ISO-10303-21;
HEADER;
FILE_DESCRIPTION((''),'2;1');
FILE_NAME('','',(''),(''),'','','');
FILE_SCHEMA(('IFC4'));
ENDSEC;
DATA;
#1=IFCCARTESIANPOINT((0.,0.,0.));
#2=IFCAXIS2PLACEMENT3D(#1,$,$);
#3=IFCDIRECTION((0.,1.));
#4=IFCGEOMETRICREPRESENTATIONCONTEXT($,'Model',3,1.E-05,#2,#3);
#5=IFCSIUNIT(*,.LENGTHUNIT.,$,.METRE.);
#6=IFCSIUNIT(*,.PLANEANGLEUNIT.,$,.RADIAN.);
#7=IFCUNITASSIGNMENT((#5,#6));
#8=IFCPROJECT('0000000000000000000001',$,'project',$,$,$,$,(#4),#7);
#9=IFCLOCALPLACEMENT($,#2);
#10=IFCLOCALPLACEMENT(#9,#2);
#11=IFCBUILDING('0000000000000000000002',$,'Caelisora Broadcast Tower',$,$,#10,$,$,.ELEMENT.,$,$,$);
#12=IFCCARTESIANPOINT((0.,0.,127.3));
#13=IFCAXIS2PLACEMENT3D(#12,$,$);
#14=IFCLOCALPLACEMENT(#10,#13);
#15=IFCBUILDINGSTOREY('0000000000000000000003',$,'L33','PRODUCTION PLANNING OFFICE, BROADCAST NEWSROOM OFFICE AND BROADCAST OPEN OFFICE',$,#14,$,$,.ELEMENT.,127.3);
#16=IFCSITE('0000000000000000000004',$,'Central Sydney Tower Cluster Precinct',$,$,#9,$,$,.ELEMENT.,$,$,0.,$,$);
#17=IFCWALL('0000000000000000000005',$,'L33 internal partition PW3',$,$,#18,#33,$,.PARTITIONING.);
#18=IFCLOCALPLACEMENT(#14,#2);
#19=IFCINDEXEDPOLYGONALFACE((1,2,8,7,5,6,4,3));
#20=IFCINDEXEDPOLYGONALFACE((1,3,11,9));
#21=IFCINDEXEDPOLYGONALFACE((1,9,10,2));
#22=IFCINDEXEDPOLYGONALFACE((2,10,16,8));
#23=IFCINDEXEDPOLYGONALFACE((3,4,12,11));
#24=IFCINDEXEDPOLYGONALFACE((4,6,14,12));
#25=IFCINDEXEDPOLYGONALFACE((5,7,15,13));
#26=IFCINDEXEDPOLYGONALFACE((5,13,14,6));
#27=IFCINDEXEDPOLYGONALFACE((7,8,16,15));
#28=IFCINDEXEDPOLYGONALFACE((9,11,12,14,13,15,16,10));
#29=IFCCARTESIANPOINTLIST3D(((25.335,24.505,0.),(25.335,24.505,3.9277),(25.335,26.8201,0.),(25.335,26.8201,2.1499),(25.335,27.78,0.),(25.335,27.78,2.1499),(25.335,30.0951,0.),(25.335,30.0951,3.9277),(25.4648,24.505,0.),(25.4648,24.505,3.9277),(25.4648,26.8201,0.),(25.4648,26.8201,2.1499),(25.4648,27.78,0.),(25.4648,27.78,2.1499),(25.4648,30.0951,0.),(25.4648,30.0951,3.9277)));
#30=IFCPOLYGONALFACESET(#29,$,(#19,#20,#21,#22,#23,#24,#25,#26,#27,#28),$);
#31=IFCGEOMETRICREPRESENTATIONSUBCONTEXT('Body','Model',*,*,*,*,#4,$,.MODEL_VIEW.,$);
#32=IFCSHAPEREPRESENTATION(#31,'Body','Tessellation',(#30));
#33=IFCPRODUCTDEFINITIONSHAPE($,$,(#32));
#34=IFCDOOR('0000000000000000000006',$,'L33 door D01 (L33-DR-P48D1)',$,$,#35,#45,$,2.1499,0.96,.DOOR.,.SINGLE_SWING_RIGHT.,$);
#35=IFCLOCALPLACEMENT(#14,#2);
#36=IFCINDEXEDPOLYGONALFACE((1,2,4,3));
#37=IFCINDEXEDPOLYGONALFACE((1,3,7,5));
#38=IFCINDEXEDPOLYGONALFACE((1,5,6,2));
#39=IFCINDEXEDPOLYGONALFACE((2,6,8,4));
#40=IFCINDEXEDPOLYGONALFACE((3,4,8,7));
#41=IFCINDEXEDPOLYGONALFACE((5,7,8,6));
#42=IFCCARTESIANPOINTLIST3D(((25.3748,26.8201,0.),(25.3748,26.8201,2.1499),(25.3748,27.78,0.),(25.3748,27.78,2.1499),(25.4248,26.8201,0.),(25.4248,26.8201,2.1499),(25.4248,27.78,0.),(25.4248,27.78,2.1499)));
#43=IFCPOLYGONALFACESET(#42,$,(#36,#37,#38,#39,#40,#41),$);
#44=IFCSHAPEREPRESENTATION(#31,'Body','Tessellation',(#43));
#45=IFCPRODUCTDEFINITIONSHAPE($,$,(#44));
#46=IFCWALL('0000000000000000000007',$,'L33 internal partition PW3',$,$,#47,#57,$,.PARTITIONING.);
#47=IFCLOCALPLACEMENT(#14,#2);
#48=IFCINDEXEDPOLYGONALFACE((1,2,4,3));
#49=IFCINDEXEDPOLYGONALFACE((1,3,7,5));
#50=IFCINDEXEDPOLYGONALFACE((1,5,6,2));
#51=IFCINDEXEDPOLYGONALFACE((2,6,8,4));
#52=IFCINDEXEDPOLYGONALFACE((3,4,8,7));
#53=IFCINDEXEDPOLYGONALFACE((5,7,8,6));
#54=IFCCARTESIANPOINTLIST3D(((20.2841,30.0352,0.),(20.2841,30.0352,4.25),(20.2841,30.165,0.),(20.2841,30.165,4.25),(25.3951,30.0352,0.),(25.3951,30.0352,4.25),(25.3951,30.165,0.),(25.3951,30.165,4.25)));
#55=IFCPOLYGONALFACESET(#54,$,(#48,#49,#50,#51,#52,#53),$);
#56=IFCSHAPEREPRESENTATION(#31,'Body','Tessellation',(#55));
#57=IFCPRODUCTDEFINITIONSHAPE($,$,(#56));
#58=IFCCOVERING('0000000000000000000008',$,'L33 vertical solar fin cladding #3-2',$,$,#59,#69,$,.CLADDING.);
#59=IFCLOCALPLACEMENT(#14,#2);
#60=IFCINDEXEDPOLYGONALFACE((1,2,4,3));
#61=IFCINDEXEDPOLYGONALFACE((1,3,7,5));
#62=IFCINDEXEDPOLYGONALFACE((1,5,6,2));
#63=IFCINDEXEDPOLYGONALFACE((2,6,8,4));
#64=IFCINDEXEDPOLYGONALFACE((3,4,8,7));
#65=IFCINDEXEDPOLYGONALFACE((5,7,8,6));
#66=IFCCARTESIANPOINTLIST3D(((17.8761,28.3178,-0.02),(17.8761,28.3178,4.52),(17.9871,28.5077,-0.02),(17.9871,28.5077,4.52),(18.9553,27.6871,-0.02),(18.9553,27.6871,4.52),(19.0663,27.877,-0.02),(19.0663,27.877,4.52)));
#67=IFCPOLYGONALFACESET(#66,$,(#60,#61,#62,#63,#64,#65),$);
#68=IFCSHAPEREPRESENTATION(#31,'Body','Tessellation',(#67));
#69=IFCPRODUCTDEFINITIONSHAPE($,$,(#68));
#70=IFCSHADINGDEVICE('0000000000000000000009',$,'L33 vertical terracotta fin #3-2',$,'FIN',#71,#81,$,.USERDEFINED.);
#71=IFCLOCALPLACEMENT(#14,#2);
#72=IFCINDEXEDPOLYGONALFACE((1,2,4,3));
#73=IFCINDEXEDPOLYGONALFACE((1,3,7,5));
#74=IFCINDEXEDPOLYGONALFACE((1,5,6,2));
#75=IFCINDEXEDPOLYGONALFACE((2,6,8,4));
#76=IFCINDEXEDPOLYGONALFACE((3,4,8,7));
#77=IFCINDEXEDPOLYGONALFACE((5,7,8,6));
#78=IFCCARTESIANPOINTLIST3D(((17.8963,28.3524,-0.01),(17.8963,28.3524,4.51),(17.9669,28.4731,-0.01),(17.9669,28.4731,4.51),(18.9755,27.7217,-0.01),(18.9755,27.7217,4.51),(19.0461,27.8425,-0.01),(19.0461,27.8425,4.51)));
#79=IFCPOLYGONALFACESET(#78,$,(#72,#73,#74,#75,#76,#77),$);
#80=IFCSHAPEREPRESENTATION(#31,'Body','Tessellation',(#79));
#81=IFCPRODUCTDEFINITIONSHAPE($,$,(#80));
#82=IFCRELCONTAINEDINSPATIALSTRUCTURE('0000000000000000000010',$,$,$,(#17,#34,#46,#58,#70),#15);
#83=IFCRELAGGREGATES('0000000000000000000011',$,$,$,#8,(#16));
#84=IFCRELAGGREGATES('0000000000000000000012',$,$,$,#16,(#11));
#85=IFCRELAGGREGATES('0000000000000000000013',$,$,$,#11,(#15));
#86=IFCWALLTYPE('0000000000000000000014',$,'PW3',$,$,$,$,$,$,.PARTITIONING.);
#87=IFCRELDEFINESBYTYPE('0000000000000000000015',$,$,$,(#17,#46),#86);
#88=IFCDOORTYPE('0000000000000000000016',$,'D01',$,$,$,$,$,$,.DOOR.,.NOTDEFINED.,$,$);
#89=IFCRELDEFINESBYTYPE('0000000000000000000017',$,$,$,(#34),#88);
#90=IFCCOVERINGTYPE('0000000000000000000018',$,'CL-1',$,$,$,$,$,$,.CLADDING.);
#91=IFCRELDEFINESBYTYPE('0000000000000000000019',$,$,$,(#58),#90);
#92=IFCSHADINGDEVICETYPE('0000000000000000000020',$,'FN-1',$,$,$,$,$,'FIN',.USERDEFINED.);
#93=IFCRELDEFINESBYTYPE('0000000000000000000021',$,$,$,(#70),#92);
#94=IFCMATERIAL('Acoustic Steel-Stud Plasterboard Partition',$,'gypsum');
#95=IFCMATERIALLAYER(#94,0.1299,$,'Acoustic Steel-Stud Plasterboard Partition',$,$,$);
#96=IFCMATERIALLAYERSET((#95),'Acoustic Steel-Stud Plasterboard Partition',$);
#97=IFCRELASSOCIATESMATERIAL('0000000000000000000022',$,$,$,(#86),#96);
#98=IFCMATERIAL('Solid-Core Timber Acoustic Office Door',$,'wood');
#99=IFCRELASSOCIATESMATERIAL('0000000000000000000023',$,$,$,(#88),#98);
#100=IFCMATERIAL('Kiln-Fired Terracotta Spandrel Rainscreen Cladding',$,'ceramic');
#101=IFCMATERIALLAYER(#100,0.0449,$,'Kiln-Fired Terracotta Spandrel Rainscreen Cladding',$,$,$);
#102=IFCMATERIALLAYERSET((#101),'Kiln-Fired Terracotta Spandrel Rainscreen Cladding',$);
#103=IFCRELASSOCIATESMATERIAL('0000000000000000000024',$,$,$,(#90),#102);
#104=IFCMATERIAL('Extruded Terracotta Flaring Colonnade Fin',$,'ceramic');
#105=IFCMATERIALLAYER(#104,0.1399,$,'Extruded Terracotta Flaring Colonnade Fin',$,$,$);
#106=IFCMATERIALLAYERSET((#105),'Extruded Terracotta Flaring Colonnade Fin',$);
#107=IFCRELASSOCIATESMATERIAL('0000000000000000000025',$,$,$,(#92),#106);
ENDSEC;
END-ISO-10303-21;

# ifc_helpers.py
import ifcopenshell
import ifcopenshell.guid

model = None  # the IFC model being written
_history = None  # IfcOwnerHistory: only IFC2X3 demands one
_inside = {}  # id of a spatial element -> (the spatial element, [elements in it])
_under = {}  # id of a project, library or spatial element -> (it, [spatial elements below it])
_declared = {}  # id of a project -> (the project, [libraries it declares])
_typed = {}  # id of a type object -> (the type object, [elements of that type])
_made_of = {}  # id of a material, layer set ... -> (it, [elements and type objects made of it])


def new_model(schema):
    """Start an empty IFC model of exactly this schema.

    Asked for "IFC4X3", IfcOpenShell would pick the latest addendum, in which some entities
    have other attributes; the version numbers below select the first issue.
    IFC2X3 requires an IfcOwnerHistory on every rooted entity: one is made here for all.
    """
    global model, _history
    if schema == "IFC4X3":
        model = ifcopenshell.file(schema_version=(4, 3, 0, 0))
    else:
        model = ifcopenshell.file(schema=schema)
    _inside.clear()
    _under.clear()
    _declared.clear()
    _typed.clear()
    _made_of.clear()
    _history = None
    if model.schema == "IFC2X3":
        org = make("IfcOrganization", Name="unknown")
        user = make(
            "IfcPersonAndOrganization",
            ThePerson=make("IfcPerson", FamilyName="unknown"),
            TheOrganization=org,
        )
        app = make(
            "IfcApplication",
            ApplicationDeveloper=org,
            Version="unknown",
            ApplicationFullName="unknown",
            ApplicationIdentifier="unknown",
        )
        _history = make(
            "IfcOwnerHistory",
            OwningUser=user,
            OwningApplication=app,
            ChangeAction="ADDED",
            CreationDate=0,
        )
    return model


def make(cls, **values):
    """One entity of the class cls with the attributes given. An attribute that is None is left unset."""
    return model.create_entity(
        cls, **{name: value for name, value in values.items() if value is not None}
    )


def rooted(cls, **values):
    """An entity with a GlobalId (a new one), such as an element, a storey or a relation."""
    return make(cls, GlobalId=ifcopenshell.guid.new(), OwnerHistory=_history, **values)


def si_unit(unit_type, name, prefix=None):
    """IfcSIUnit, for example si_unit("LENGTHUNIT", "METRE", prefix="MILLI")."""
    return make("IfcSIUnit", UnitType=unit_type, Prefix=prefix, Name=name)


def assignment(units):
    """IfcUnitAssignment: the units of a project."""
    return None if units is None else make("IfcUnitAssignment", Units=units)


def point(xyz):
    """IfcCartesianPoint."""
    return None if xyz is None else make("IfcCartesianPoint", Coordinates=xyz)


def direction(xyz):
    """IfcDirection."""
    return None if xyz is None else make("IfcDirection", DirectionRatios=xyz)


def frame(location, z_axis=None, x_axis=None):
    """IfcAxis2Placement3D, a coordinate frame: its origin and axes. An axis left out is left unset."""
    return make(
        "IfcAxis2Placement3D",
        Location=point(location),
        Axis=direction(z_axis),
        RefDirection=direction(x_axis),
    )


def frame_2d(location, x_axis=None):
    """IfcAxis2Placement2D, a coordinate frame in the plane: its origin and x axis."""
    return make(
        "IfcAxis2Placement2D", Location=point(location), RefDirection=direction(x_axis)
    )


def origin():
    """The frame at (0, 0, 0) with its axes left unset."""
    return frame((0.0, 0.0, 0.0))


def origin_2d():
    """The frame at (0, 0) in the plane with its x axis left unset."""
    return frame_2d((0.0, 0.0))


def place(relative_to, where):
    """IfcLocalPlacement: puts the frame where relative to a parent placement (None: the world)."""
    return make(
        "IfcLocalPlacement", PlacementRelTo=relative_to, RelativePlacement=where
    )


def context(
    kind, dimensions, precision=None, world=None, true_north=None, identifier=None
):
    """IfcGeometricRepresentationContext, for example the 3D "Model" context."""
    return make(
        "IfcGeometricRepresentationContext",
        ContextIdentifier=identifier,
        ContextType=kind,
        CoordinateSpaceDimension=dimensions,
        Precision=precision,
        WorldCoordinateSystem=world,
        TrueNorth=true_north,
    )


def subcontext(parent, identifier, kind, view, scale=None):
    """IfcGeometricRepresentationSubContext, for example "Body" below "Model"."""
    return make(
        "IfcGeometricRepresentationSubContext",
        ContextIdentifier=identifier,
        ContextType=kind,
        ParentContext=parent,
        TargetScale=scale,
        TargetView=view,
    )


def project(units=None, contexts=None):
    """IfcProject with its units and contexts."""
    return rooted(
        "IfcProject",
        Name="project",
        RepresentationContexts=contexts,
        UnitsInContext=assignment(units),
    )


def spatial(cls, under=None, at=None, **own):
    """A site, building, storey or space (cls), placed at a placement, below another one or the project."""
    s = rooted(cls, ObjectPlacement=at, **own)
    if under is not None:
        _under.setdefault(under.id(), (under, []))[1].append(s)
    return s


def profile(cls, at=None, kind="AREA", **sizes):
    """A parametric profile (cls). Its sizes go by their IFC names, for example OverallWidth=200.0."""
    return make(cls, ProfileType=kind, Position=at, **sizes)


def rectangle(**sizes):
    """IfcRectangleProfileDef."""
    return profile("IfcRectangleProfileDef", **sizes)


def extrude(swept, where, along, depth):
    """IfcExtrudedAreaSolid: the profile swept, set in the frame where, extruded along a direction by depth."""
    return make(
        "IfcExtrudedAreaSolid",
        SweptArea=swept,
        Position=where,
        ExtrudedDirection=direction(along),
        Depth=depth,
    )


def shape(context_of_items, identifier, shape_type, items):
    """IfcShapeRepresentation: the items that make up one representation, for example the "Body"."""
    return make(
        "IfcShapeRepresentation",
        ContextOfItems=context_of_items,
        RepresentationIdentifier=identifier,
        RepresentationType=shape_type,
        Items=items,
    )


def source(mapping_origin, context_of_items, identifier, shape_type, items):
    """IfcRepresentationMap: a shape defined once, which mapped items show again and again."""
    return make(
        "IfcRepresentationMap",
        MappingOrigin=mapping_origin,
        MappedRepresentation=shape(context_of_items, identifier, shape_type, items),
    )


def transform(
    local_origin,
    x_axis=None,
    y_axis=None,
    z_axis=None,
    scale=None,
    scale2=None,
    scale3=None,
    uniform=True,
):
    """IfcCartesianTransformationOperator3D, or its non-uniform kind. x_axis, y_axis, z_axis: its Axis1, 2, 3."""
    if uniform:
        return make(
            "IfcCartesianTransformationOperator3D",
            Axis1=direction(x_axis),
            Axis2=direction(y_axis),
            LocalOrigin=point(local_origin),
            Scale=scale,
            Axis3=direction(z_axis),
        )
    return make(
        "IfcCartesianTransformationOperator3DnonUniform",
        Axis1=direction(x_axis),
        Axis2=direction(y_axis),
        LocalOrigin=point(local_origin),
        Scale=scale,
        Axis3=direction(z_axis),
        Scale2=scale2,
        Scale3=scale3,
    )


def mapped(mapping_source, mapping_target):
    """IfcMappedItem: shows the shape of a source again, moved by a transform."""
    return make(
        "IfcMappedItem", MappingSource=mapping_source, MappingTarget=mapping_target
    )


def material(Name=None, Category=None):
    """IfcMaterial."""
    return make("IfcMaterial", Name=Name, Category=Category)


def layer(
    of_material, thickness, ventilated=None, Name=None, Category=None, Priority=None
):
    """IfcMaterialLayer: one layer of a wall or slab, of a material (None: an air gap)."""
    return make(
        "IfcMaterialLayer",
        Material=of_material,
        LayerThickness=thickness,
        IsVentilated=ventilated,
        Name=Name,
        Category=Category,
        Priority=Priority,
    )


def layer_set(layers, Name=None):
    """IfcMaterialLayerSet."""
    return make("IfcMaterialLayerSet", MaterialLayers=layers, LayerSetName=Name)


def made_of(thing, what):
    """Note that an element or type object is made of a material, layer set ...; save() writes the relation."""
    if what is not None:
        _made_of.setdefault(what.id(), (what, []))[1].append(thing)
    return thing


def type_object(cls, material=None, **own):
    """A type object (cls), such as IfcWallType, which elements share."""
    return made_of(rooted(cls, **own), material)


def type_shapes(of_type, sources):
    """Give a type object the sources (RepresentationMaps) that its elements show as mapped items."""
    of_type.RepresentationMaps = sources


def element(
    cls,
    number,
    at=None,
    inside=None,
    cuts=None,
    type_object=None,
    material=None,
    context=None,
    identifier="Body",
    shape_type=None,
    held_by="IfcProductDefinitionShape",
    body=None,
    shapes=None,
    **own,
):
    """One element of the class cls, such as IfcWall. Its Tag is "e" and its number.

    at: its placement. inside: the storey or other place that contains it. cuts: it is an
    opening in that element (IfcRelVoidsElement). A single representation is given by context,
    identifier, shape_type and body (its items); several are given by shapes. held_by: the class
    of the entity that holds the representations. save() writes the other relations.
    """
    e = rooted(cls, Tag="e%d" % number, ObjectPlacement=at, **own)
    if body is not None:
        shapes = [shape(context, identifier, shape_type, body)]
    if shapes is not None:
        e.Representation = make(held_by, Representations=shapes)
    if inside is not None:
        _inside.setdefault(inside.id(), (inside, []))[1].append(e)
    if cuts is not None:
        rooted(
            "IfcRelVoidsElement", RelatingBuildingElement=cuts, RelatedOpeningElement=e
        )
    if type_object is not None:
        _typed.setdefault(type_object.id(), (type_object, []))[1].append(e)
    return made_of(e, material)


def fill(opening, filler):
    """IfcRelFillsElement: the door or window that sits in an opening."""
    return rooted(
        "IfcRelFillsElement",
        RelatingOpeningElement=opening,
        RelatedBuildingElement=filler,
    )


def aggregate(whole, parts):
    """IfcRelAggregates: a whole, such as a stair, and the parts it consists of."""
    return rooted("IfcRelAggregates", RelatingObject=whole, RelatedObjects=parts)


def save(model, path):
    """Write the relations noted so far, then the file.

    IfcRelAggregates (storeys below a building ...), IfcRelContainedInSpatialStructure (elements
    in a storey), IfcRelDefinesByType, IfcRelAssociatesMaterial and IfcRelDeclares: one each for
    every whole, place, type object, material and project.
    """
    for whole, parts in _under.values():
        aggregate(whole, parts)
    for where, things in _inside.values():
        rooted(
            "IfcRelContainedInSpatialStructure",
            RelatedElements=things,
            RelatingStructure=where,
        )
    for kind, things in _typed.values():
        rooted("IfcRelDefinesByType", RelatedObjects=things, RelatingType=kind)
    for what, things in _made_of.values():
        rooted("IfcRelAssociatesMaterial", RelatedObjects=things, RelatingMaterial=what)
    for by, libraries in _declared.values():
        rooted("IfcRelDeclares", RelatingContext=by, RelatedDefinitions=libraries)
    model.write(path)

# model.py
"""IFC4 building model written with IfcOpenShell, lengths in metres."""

from ifc_helpers import new_model, si_unit, direction, frame, frame_2d, origin, origin_2d, place, context, subcontext, project, spatial, rectangle, extrude, source, transform, mapped, material, layer, layer_set, type_object, type_shapes, element, fill, save


model = new_model("IFC4")

# Units and contexts
model_context = context("Model", 3, precision=1e-05, world=origin(), true_north=direction((0.0, 1.0)))
body_context = subcontext(model_context, "Body", "Model", "MODEL_VIEW")
ifc_project = project(units=[si_unit("LENGTHUNIT", "METRE"), si_unit("PLANEANGLEUNIT", "RADIAN")], contexts=[model_context])

# Site, building, storey
site_placement = place(None, origin())
site = spatial("IfcSite", under=ifc_project, at=site_placement, Name="Central Sydney Tower Cluster Precinct", CompositionType="ELEMENT", RefElevation=0.0)
building_placement = place(site_placement, origin())
building = spatial("IfcBuilding", under=site, at=building_placement, Name="Caelisora Broadcast Tower", CompositionType="ELEMENT")
storey_placement = place(building_placement, frame((0.0, 0.0, 127.3)))
storey = spatial("IfcBuildingStorey", under=building, at=storey_placement, Name="L33", Description="PRODUCTION PLANNING OFFICE, BROADCAST NEWSROOM OFFICE AND BROADCAST OPEN OFFICE", CompositionType="ELEMENT", Elevation=127.3)

# Shared definitions
ifc_material_1 = material(Name="Acoustic Steel-Stud Plasterboard Partition", Category="gypsum")
ifc_layer_1 = layer(ifc_material_1, 0.1299, Name="Acoustic Steel-Stud Plasterboard Partition")
ifc_layer_set_1 = layer_set([ifc_layer_1], Name="Acoustic Steel-Stud Plasterboard Partition")
wall_type_1 = type_object("IfcWallType", Name="PW3", PredefinedType="PARTITIONING", material=ifc_layer_set_1)

# Wall, opening, door
wall_1_placement = place(storey_placement, frame((25.3999, 30.095, 0.0), z_axis=(0.0, 0.0, 1.0), x_axis=(0.0, -1.0, 0.0)))
wall_1 = element("IfcWall", 1, at=wall_1_placement, inside=storey, type_object=wall_type_1, Name="L33 internal partition PW3", PredefinedType="PARTITIONING", context=body_context, shape_type="SweptSolid", body=[
    extrude(rectangle(XDim=5.5901, YDim=0.1299, at=frame_2d((2.7949, 0.0))), origin(), (0.0, 0.0, 1.0), 3.9277),
])
opening_1_placement = place(wall_1_placement, frame((2.3149, 0.0, 0.0)))
opening_1 = element("IfcOpeningElement", 2, at=opening_1_placement, cuts=wall_1, PredefinedType="OPENING", context=body_context, shape_type="SweptSolid", body=[
    extrude(rectangle(XDim=0.96, YDim=2.1499, at=frame_2d((0.48, 1.075))), frame((0.0, 0.0769, 0.0), z_axis=(0.0, -1.0, 0.0), x_axis=(1.0, 0.0, 0.0)), (0.0, 0.0, 1.0), 0.1538),
])
ifc_material_2 = material(Name="Solid-Core Timber Acoustic Office Door", Category="wood")
door_type_1 = type_object("IfcDoorType", Name="D01", OperationType="NOTDEFINED", PredefinedType="DOOR", material=ifc_material_2)
door_1_placement = place(opening_1_placement, origin())
door_1 = element("IfcDoor", 3, at=door_1_placement, inside=storey, type_object=door_type_1, Name="L33 door D01 (L33-DR-P48D1)", OperationType="SINGLE_SWING_RIGHT", OverallHeight=2.1499, OverallWidth=0.96, PredefinedType="DOOR", context=body_context, shape_type="SweptSolid", body=[
    extrude(rectangle(XDim=0.96, YDim=2.1499, at=frame_2d((0.48, 1.075))), frame((0.0, 0.0249, 0.0), z_axis=(0.0, -1.0, 0.0), x_axis=(1.0, 0.0, 0.0)), (0.0, 0.0, 1.0), 0.05),
])
fill(opening_1, door_1)

# Wall
wall_2_placement = place(storey_placement, frame((20.2839, 30.1001, 0.0), z_axis=(0.0, 0.0, 1.0), x_axis=(1.0, 0.0, 0.0)))
element("IfcWall", 4, at=wall_2_placement, inside=storey, type_object=wall_type_1, Name="L33 internal partition PW3", PredefinedType="PARTITIONING", context=body_context, shape_type="SweptSolid", body=[
    extrude(rectangle(XDim=5.1111, YDim=0.1299, at=frame_2d((2.5557, 0.0))), origin(), (0.0, 0.0, 1.0), 4.25),
])

# Covering
ifc_material_3 = material(Name="Kiln-Fired Terracotta Spandrel Rainscreen Cladding", Category="ceramic")
ifc_layer_2 = layer(ifc_material_3, 0.0449, Name="Kiln-Fired Terracotta Spandrel Rainscreen Cladding")
ifc_layer_set_2 = layer_set([ifc_layer_2], Name="Kiln-Fired Terracotta Spandrel Rainscreen Cladding")
covering_type = type_object("IfcCoveringType", Name="CL-1", PredefinedType="CLADDING", material=ifc_layer_set_2)
shared_shape_1 = source(origin(), body_context, "Body", "SweptSolid", [
    extrude(rectangle(XDim=0.22, YDim=1.25, at=origin_2d()), origin(), (0.0, 0.0, 1.0), 4.54),
])
type_shapes(covering_type, [shared_shape_1])
covering_placement = place(storey_placement, frame((18.4712, 28.0974, -0.02), z_axis=(0.0, 0.0, 1.0), x_axis=(0.504528, 0.863396, 0.0)))
element("IfcCovering", 5, at=covering_placement, inside=storey, type_object=covering_type, Name="L33 vertical solar fin cladding #3-2", PredefinedType="CLADDING", context=body_context, shape_type="MappedRepresentation", body=[
    mapped(shared_shape_1, transform((0.0, 0.0, 0.0), scale=1.0)),
])

# Shading device
ifc_material_4 = material(Name="Extruded Terracotta Flaring Colonnade Fin", Category="ceramic")
ifc_layer_3 = layer(ifc_material_4, 0.1399, Name="Extruded Terracotta Flaring Colonnade Fin")
ifc_layer_set_3 = layer_set([ifc_layer_3], Name="Extruded Terracotta Flaring Colonnade Fin")
shading_device_type = type_object("IfcShadingDeviceType", Name="FN-1", ElementType="FIN", PredefinedType="USERDEFINED", material=ifc_layer_set_3)
shared_shape_2 = source(origin(), body_context, "Body", "SweptSolid", [
    extrude(rectangle(XDim=0.1399, YDim=1.25, at=origin_2d()), origin(), (0.0, 0.0, 1.0), 4.52),
])
type_shapes(shading_device_type, [shared_shape_2])
shading_device_placement = place(storey_placement, frame((18.4712, 28.0974, -0.01), z_axis=(0.0, 0.0, 1.0), x_axis=(0.504528, 0.863396, 0.0)))
element("IfcShadingDevice", 6, at=shading_device_placement, inside=storey, type_object=shading_device_type, Name="L33 vertical terracotta fin #3-2", ObjectType="FIN", PredefinedType="USERDEFINED", context=body_context, shape_type="MappedRepresentation", body=[
    mapped(shared_shape_2, transform((0.0, 0.0, 0.0), scale=1.0)),
])

save(model, "model.ifc")
